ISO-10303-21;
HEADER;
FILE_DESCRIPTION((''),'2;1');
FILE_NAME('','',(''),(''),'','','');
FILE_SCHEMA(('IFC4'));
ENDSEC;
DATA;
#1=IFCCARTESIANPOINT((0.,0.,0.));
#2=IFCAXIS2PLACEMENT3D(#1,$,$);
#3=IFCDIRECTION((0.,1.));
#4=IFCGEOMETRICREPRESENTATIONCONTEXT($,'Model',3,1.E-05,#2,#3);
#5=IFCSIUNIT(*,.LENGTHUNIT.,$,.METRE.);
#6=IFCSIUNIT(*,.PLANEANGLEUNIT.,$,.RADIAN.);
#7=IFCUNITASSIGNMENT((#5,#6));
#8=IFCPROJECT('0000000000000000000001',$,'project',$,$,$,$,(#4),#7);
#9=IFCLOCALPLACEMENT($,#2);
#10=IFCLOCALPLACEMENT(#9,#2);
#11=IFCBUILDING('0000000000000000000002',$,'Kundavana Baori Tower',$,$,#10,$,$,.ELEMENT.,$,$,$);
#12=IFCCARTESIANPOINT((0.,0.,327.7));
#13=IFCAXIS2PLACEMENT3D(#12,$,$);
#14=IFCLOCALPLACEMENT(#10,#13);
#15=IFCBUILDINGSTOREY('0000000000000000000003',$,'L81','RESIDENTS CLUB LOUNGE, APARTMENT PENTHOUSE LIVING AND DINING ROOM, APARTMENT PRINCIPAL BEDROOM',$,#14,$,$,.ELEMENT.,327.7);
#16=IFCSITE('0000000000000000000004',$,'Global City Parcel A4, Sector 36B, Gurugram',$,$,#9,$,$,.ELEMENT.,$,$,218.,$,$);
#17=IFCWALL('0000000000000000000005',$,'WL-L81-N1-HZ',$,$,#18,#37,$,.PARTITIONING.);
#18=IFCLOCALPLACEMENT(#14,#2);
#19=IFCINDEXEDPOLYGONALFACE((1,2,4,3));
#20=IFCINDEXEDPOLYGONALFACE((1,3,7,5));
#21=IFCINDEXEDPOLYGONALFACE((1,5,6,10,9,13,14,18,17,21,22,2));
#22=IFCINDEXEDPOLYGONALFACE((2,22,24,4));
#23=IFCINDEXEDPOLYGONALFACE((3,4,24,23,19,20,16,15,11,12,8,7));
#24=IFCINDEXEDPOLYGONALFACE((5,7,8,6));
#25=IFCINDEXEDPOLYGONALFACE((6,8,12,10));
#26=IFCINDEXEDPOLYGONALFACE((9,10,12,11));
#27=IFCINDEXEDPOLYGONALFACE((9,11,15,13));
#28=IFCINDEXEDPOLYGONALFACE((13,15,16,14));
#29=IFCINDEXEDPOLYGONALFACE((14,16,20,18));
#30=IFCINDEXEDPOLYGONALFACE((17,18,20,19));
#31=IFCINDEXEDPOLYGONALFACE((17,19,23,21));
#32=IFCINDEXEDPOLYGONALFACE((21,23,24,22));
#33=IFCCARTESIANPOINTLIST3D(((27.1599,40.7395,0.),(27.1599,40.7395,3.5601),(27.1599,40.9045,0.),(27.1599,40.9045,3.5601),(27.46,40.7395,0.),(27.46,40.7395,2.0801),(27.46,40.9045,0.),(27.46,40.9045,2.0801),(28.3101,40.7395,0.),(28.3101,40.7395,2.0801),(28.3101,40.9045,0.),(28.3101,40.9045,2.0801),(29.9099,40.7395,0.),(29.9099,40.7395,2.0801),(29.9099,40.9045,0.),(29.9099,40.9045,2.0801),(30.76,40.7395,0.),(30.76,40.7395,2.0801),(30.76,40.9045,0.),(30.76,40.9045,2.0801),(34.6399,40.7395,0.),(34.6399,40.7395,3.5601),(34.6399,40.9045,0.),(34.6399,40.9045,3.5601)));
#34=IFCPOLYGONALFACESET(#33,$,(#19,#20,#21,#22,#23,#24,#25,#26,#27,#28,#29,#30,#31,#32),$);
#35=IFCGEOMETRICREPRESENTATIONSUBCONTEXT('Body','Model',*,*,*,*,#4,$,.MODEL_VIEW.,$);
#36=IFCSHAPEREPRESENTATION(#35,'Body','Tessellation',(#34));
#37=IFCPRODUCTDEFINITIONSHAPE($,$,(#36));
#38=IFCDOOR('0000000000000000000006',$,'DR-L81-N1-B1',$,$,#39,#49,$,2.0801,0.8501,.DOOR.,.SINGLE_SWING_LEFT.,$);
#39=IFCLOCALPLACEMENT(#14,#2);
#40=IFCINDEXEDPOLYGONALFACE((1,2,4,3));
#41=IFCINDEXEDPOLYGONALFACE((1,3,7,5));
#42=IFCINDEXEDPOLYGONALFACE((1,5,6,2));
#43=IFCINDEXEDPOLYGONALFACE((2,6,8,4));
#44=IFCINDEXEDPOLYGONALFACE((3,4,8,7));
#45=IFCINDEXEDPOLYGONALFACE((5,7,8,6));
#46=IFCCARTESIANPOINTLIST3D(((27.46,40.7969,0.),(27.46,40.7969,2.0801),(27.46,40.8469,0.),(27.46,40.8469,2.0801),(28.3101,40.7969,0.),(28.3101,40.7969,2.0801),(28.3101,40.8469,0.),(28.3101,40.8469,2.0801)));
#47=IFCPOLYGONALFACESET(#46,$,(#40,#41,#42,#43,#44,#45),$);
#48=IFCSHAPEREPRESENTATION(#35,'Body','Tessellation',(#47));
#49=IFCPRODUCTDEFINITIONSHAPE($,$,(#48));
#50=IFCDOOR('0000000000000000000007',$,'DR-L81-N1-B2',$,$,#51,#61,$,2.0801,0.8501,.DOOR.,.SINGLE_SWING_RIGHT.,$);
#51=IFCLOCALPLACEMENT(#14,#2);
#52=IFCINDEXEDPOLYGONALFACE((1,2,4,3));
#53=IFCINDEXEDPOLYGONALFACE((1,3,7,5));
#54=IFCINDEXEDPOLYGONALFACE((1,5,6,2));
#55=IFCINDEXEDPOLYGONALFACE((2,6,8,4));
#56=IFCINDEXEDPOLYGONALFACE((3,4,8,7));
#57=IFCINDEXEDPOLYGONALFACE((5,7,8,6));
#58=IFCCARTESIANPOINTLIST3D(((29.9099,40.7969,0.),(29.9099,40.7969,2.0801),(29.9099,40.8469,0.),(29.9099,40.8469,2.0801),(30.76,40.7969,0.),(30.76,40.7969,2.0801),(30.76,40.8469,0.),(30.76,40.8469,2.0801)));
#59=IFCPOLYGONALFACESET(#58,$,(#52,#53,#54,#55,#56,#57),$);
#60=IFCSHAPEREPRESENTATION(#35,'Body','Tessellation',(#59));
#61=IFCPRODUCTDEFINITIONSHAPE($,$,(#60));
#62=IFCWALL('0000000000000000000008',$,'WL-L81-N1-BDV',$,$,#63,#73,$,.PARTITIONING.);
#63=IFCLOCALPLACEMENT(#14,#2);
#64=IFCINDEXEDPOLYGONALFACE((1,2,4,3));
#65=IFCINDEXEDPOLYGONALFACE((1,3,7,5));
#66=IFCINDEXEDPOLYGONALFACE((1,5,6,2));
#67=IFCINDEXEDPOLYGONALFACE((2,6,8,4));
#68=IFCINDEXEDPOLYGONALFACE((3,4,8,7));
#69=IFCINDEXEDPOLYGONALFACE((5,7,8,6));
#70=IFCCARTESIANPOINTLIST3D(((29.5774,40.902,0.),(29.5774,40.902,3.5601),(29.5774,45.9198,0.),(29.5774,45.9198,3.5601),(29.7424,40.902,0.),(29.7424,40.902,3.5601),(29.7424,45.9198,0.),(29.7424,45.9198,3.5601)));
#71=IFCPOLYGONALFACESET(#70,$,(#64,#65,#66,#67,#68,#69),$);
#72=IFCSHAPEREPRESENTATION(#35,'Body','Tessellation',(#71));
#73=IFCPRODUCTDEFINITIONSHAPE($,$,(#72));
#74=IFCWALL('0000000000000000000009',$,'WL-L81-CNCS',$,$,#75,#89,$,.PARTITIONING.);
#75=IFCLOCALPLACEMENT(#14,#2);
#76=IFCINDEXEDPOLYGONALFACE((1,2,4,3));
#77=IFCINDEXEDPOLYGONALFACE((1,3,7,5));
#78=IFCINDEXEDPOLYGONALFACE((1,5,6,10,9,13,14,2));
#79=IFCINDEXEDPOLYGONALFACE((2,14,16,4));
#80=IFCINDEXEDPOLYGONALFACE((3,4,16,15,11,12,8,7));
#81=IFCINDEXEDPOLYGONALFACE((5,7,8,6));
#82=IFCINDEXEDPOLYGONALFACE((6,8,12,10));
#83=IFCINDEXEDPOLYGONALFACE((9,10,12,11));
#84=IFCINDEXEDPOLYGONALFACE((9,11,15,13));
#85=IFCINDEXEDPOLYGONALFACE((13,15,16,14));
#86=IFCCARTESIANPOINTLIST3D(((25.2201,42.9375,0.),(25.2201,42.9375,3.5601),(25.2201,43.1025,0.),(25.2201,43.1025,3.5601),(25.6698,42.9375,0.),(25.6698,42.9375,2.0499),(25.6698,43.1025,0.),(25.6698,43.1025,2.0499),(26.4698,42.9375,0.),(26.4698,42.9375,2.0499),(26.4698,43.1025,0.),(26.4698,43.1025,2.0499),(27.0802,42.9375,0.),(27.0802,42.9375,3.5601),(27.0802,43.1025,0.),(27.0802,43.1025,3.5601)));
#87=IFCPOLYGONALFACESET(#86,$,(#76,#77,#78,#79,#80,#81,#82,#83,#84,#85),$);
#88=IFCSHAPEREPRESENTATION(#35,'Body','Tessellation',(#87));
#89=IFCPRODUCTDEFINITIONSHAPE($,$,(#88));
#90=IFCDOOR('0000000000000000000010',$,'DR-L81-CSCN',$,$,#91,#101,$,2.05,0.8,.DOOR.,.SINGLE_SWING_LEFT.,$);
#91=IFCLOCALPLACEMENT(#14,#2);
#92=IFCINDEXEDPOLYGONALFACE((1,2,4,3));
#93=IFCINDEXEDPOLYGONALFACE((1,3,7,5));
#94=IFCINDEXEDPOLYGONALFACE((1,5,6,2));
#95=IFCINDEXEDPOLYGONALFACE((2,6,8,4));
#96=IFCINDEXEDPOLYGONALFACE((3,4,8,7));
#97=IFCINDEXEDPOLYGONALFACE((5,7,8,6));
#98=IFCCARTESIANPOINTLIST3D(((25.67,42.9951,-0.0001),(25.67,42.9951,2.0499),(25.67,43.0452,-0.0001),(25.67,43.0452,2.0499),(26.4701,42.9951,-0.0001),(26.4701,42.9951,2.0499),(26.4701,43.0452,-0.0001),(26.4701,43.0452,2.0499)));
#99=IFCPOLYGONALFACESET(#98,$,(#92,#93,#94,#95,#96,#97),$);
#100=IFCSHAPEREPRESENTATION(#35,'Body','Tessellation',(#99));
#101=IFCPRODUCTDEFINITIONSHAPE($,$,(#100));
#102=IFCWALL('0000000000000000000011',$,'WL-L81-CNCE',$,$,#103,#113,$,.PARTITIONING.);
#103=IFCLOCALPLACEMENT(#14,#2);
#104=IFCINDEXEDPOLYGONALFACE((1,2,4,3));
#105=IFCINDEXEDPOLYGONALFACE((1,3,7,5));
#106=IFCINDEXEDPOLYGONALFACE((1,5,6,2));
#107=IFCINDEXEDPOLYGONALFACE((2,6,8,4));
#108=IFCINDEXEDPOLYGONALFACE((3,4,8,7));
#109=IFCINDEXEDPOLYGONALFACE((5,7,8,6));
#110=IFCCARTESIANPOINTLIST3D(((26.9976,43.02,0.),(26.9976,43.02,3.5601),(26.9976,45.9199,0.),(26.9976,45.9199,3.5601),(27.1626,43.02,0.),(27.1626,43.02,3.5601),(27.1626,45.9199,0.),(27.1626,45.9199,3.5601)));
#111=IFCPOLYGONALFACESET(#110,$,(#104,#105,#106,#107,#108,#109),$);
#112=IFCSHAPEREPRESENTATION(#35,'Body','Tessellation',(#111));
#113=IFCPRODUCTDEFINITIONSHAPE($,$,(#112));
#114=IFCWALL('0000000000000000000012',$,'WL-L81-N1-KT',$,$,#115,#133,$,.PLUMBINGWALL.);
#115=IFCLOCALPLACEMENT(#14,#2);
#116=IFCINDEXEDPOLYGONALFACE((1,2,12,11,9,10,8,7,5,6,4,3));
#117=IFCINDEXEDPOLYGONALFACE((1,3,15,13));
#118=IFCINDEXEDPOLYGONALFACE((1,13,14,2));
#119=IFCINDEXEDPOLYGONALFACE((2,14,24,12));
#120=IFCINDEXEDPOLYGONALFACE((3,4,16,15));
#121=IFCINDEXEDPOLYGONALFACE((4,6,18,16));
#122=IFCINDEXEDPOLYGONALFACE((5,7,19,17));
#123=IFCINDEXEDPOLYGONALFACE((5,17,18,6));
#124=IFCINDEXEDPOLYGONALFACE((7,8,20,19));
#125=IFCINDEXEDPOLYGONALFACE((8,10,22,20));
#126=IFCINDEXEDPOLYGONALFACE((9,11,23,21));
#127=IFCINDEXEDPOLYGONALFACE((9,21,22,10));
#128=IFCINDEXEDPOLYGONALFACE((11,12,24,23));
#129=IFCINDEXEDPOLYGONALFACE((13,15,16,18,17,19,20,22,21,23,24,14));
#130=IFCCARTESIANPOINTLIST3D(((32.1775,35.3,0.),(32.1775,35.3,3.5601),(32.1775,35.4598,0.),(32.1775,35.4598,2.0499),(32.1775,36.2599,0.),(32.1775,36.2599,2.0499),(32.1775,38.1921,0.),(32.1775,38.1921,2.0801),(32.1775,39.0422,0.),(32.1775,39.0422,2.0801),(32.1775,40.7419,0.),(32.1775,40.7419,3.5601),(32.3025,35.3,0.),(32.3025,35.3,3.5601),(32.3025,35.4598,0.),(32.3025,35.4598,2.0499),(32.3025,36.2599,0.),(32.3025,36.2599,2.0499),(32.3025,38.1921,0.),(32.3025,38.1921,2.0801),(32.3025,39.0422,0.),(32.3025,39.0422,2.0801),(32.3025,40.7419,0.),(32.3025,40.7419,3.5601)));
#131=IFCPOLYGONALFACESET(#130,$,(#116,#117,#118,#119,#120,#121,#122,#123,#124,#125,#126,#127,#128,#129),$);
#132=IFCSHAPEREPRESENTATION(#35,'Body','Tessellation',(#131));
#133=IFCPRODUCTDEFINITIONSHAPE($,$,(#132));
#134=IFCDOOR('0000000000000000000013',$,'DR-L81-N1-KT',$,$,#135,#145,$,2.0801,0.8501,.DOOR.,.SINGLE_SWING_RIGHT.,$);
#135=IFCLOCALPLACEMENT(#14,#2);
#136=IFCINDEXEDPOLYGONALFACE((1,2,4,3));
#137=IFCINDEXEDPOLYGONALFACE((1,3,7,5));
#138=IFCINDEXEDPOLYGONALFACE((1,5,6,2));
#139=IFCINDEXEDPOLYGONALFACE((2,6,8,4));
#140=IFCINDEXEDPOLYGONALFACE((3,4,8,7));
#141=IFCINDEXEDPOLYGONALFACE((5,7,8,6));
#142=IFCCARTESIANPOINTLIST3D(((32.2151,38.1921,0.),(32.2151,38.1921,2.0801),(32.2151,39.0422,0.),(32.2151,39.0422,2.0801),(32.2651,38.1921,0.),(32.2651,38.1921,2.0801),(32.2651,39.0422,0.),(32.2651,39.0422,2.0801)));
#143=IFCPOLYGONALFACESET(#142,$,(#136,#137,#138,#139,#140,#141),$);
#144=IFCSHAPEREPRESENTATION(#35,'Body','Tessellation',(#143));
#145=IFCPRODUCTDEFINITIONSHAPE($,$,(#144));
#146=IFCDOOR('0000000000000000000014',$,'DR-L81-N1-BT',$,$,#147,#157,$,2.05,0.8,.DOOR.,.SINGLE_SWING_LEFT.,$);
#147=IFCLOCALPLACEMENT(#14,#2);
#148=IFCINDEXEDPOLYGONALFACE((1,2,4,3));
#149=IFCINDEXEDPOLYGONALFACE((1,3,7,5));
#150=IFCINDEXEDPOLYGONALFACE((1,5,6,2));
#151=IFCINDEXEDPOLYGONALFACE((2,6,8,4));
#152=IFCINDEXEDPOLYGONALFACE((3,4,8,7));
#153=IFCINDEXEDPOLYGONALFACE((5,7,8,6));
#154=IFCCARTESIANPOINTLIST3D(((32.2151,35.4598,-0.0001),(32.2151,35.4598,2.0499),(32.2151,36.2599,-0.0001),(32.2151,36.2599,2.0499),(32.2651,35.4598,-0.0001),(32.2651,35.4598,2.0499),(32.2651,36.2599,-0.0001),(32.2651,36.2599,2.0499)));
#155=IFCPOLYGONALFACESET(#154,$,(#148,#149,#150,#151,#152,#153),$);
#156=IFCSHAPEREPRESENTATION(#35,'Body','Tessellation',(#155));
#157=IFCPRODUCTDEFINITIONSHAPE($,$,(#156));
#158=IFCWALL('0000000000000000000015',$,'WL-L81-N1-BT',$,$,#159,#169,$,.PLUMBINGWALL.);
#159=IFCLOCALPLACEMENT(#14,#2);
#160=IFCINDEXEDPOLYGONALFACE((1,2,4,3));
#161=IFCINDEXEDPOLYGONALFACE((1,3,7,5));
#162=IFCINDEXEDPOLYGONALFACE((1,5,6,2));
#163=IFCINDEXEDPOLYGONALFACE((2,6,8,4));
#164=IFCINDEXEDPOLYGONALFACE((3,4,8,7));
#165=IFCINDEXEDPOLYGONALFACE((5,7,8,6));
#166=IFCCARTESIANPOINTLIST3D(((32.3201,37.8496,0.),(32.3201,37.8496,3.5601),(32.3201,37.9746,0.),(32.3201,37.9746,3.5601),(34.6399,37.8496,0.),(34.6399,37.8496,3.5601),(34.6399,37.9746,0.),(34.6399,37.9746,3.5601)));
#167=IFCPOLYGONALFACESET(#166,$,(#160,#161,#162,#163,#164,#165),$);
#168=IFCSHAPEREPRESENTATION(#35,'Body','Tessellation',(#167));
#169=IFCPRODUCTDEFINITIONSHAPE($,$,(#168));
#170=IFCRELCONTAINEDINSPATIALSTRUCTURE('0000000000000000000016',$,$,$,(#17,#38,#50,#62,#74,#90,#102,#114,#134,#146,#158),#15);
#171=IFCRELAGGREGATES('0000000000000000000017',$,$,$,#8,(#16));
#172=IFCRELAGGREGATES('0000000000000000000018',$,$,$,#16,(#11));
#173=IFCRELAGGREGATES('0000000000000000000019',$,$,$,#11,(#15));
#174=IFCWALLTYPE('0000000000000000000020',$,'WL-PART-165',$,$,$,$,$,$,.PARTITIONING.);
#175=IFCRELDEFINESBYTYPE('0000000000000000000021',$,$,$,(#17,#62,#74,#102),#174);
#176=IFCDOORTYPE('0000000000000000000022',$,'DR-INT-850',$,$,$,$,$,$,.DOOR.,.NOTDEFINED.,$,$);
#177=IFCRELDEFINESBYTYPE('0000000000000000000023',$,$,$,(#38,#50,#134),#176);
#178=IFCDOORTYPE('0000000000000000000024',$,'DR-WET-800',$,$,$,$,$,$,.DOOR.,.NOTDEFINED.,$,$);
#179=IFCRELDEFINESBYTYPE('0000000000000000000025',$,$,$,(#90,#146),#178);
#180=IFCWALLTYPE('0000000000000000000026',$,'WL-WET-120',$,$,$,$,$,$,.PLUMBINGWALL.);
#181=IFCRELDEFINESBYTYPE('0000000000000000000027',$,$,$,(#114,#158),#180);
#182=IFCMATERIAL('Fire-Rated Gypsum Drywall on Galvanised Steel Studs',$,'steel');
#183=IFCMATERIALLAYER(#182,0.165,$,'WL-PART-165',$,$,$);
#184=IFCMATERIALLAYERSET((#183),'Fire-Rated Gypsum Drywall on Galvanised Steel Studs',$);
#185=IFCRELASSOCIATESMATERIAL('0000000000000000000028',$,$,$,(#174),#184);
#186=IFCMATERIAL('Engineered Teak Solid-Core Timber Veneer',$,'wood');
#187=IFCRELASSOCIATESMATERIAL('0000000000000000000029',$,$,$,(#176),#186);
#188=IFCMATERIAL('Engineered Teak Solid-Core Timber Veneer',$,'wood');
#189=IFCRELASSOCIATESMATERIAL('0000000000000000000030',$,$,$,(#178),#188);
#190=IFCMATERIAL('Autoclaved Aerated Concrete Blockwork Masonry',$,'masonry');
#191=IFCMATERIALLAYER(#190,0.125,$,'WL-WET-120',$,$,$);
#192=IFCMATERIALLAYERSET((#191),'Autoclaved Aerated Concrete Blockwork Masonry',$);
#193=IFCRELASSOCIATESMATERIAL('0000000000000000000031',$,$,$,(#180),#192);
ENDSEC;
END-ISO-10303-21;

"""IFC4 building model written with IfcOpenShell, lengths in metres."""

from ifc_helpers import new_model, si_unit, direction, frame, frame_2d, origin, place, context, subcontext, project, spatial, rectangle, extrude, material, layer, layer_set, type_object, element, fill, save


model = new_model("IFC4")

# Units and contexts
model_context = context("Model", 3, precision=1e-05, world=origin(), true_north=direction((0.0, 1.0)))
body_context = subcontext(model_context, "Body", "Model", "MODEL_VIEW")
ifc_project = project(units=[si_unit("LENGTHUNIT", "METRE"), si_unit("PLANEANGLEUNIT", "RADIAN")], contexts=[model_context])

# Site, building, storey
site_placement = place(None, origin())
site = spatial("IfcSite", under=ifc_project, at=site_placement, Name="Global City Parcel A4, Sector 36B, Gurugram", CompositionType="ELEMENT", RefElevation=218.0)
building_placement = place(site_placement, origin())
building = spatial("IfcBuilding", under=site, at=building_placement, Name="Kundavana Baori Tower", CompositionType="ELEMENT")
storey_placement = place(building_placement, frame((0.0, 0.0, 327.7)))
storey = spatial("IfcBuildingStorey", under=building, at=storey_placement, Name="L81", Description="RESIDENTS CLUB LOUNGE, APARTMENT PENTHOUSE LIVING AND DINING ROOM, APARTMENT PRINCIPAL BEDROOM", CompositionType="ELEMENT", Elevation=327.7)

# Shared definitions
ifc_material_1 = material(Name="Fire-Rated Gypsum Drywall on Galvanised Steel Studs", Category="steel")
ifc_layer_1 = layer(ifc_material_1, 0.165, Name="WL-PART-165")
ifc_layer_set_1 = layer_set([ifc_layer_1], Name="Fire-Rated Gypsum Drywall on Galvanised Steel Studs")
wall_type_1 = type_object("IfcWallType", Name="WL-PART-165", PredefinedType="PARTITIONING", material=ifc_layer_set_1)

# Wall, openings, doors
wall_1_placement = place(storey_placement, frame((27.1599, 40.822, 0.0), z_axis=(0.0, 0.0, 1.0), x_axis=(1.0, 0.0, 0.0)))
wall_1 = element("IfcWall", 1, at=wall_1_placement, inside=storey, type_object=wall_type_1, Name="WL-L81-N1-HZ", PredefinedType="PARTITIONING", context=body_context, shape_type="SweptSolid", body=[
    extrude(rectangle(XDim=7.48, YDim=0.165, at=frame_2d((3.74, 0.0))), origin(), (0.0, 0.0, 1.0), 3.5601),
])
opening_1_placement = place(wall_1_placement, frame((0.3, 0.0, 0.0)))
opening_1 = element("IfcOpeningElement", 2, at=opening_1_placement, cuts=wall_1, PredefinedType="OPENING", context=body_context, shape_type="SweptSolid", body=[
    extrude(rectangle(XDim=0.8501, YDim=2.0801, at=frame_2d((0.425, 1.04))), frame((0.0, 0.0925, 0.0), z_axis=(0.0, -1.0, 0.0), x_axis=(1.0, 0.0, 0.0)), (0.0, 0.0, 1.0), 0.1851),
])
opening_2_placement = place(wall_1_placement, frame((2.75, 0.0, 0.0)))
opening_2 = element("IfcOpeningElement", 3, at=opening_2_placement, cuts=wall_1, PredefinedType="OPENING", context=body_context, shape_type="SweptSolid", body=[
    extrude(rectangle(XDim=0.8501, YDim=2.0801, at=frame_2d((0.425, 1.04))), frame((0.0, 0.0925, 0.0), z_axis=(0.0, -1.0, 0.0), x_axis=(1.0, 0.0, 0.0)), (0.0, 0.0, 1.0), 0.1851),
])
ifc_material_2 = material(Name="Engineered Teak Solid-Core Timber Veneer", Category="wood")
door_type_1 = type_object("IfcDoorType", Name="DR-INT-850", OperationType="NOTDEFINED", PredefinedType="DOOR", material=ifc_material_2)
door_1_placement = place(opening_1_placement, origin())
door_1 = element("IfcDoor", 4, at=door_1_placement, inside=storey, type_object=door_type_1, Name="DR-L81-N1-B1", OperationType="SINGLE_SWING_LEFT", OverallHeight=2.0801, OverallWidth=0.8501, PredefinedType="DOOR", context=body_context, shape_type="SweptSolid", body=[
    extrude(rectangle(XDim=0.8501, YDim=2.0801, at=frame_2d((0.425, 1.04))), frame((0.0, 0.0249, 0.0), z_axis=(0.0, -1.0, 0.0), x_axis=(1.0, 0.0, 0.0)), (0.0, 0.0, 1.0), 0.05),
])
fill(opening_1, door_1)
door_2_placement = place(opening_2_placement, origin())
door_2 = element("IfcDoor", 5, at=door_2_placement, inside=storey, type_object=door_type_1, Name="DR-L81-N1-B2", OperationType="SINGLE_SWING_RIGHT", OverallHeight=2.0801, OverallWidth=0.8501, PredefinedType="DOOR", context=body_context, shape_type="SweptSolid", body=[
    extrude(rectangle(XDim=0.8501, YDim=2.0801, at=frame_2d((0.425, 1.04))), frame((0.0, 0.0249, 0.0), z_axis=(0.0, -1.0, 0.0), x_axis=(1.0, 0.0, 0.0)), (0.0, 0.0, 1.0), 0.05),
])
fill(opening_2, door_2)

# Wall
wall_2_placement = place(storey_placement, frame((29.6599, 40.9021, 0.0), z_axis=(0.0, 0.0, 1.0), x_axis=(0.0, 1.0, 0.0)))
element("IfcWall", 6, at=wall_2_placement, inside=storey, type_object=wall_type_1, Name="WL-L81-N1-BDV", PredefinedType="PARTITIONING", context=body_context, shape_type="SweptSolid", body=[
    extrude(rectangle(XDim=5.0178, YDim=0.165, at=frame_2d((2.5088, 0.0))), origin(), (0.0, 0.0, 1.0), 3.5601),
])

# Wall, opening, door
wall_3_placement = place(storey_placement, frame((25.22, 43.02, 0.0), z_axis=(0.0, 0.0, 1.0), x_axis=(1.0, 0.0, 0.0)))
wall_3 = element("IfcWall", 7, at=wall_3_placement, inside=storey, type_object=wall_type_1, Name="WL-L81-CNCS", PredefinedType="PARTITIONING", context=body_context, shape_type="SweptSolid", body=[
    extrude(rectangle(XDim=1.8601, YDim=0.165, at=frame_2d((0.9302, 0.0))), origin(), (0.0, 0.0, 1.0), 3.5601),
])
opening_3_placement = place(wall_3_placement, frame((0.45, 0.0, 0.0)))
opening_3 = element("IfcOpeningElement", 8, at=opening_3_placement, cuts=wall_3, PredefinedType="OPENING", context=body_context, shape_type="SweptSolid", body=[
    extrude(rectangle(XDim=0.8, YDim=2.05, at=frame_2d((0.3999, 1.0249))), frame((0.0, 0.0925, 0.0), z_axis=(0.0, -1.0, 0.0), x_axis=(1.0, 0.0, 0.0)), (0.0, 0.0, 1.0), 0.1851),
])
ifc_material_3 = material(Name="Engineered Teak Solid-Core Timber Veneer", Category="wood")
door_type_2 = type_object("IfcDoorType", Name="DR-WET-800", OperationType="NOTDEFINED", PredefinedType="DOOR", material=ifc_material_3)
door_3_placement = place(opening_3_placement, frame((0.8, 0.0, 0.0), z_axis=(0.0, 0.0, 1.0), x_axis=(-1.0, 0.0, 0.0)))
door_3 = element("IfcDoor", 9, at=door_3_placement, inside=storey, type_object=door_type_2, Name="DR-L81-CSCN", OperationType="SINGLE_SWING_LEFT", OverallHeight=2.05, OverallWidth=0.8, PredefinedType="DOOR", context=body_context, shape_type="SweptSolid", body=[
    extrude(rectangle(XDim=0.8, YDim=2.05, at=frame_2d((0.3999, 1.0249))), frame((0.0, 0.0249, 0.0), z_axis=(0.0, -1.0, 0.0), x_axis=(1.0, 0.0, 0.0)), (0.0, 0.0, 1.0), 0.05),
])
fill(opening_3, door_3)

# Wall
wall_4_placement = place(storey_placement, frame((27.0801, 43.02, 0.0), z_axis=(0.0, 0.0, 1.0), x_axis=(0.0, 1.0, 0.0)))
element("IfcWall", 10, at=wall_4_placement, inside=storey, type_object=wall_type_1, Name="WL-L81-CNCE", PredefinedType="PARTITIONING", context=body_context, shape_type="SweptSolid", body=[
    extrude(rectangle(XDim=2.8999, YDim=0.165, at=frame_2d((1.45, 0.0))), origin(), (0.0, 0.0, 1.0), 3.5601),
])

# Wall, openings, doors
ifc_material_4 = material(Name="Autoclaved Aerated Concrete Blockwork Masonry", Category="masonry")
ifc_layer_2 = layer(ifc_material_4, 0.125, Name="WL-WET-120")
ifc_layer_set_2 = layer_set([ifc_layer_2], Name="Autoclaved Aerated Concrete Blockwork Masonry")
wall_type_2 = type_object("IfcWallType", Name="WL-WET-120", PredefinedType="PLUMBINGWALL", material=ifc_layer_set_2)
wall_5_placement = place(storey_placement, frame((32.24, 35.3, 0.0), z_axis=(0.0, 0.0, 1.0), x_axis=(0.0, 1.0, 0.0)))
wall_5 = element("IfcWall", 11, at=wall_5_placement, inside=storey, type_object=wall_type_2, Name="WL-L81-N1-KT", PredefinedType="PLUMBINGWALL", context=body_context, shape_type="SweptSolid", body=[
    extrude(rectangle(XDim=5.4419, YDim=0.125, at=frame_2d((2.7209, 0.0))), origin(), (0.0, 0.0, 1.0), 3.5601),
])
opening_4_placement = place(wall_5_placement, frame((0.1599, 0.0, 0.0)))
opening_4 = element("IfcOpeningElement", 12, at=opening_4_placement, cuts=wall_5, PredefinedType="OPENING", context=body_context, shape_type="SweptSolid", body=[
    extrude(rectangle(XDim=0.8, YDim=2.05, at=frame_2d((0.3999, 1.0249))), frame((0.0, 0.0725, 0.0), z_axis=(0.0, -1.0, 0.0), x_axis=(1.0, 0.0, 0.0)), (0.0, 0.0, 1.0), 0.145),
])
opening_5_placement = place(wall_5_placement, frame((2.8921, 0.0, 0.0)))
opening_5 = element("IfcOpeningElement", 13, at=opening_5_placement, cuts=wall_5, PredefinedType="OPENING", context=body_context, shape_type="SweptSolid", body=[
    extrude(rectangle(XDim=0.8501, YDim=2.0801, at=frame_2d((0.425, 1.04))), frame((0.0, 0.0725, 0.0), z_axis=(0.0, -1.0, 0.0), x_axis=(1.0, 0.0, 0.0)), (0.0, 0.0, 1.0), 0.145),
])
door_4_placement = place(opening_5_placement, origin())
door_4 = element("IfcDoor", 14, at=door_4_placement, inside=storey, type_object=door_type_1, Name="DR-L81-N1-KT", OperationType="SINGLE_SWING_RIGHT", OverallHeight=2.0801, OverallWidth=0.8501, PredefinedType="DOOR", context=body_context, shape_type="SweptSolid", body=[
    extrude(rectangle(XDim=0.8501, YDim=2.0801, at=frame_2d((0.425, 1.04))), frame((0.0, 0.0249, 0.0), z_axis=(0.0, -1.0, 0.0), x_axis=(1.0, 0.0, 0.0)), (0.0, 0.0, 1.0), 0.05),
])
fill(opening_5, door_4)
door_5_placement = place(opening_4_placement, origin())
door_5 = element("IfcDoor", 15, at=door_5_placement, inside=storey, type_object=door_type_2, Name="DR-L81-N1-BT", OperationType="SINGLE_SWING_LEFT", OverallHeight=2.05, OverallWidth=0.8, PredefinedType="DOOR", context=body_context, shape_type="SweptSolid", body=[
    extrude(rectangle(XDim=0.8, YDim=2.05, at=frame_2d((0.3999, 1.0249))), frame((0.0, 0.0249, 0.0), z_axis=(0.0, -1.0, 0.0), x_axis=(1.0, 0.0, 0.0)), (0.0, 0.0, 1.0), 0.05),
])
fill(opening_4, door_5)

# Wall
wall_6_placement = place(storey_placement, frame((32.3201, 37.9121, 0.0), z_axis=(0.0, 0.0, 1.0), x_axis=(1.0, 0.0, 0.0)))
element("IfcWall", 16, at=wall_6_placement, inside=storey, type_object=wall_type_2, Name="WL-L81-N1-BT", PredefinedType="PLUMBINGWALL", context=body_context, shape_type="SweptSolid", body=[
    extrude(rectangle(XDim=2.3198, YDim=0.125, at=frame_2d((1.1599, 0.0))), origin(), (0.0, 0.0, 1.0), 3.5601),
])

save(model, "model.ifc")
